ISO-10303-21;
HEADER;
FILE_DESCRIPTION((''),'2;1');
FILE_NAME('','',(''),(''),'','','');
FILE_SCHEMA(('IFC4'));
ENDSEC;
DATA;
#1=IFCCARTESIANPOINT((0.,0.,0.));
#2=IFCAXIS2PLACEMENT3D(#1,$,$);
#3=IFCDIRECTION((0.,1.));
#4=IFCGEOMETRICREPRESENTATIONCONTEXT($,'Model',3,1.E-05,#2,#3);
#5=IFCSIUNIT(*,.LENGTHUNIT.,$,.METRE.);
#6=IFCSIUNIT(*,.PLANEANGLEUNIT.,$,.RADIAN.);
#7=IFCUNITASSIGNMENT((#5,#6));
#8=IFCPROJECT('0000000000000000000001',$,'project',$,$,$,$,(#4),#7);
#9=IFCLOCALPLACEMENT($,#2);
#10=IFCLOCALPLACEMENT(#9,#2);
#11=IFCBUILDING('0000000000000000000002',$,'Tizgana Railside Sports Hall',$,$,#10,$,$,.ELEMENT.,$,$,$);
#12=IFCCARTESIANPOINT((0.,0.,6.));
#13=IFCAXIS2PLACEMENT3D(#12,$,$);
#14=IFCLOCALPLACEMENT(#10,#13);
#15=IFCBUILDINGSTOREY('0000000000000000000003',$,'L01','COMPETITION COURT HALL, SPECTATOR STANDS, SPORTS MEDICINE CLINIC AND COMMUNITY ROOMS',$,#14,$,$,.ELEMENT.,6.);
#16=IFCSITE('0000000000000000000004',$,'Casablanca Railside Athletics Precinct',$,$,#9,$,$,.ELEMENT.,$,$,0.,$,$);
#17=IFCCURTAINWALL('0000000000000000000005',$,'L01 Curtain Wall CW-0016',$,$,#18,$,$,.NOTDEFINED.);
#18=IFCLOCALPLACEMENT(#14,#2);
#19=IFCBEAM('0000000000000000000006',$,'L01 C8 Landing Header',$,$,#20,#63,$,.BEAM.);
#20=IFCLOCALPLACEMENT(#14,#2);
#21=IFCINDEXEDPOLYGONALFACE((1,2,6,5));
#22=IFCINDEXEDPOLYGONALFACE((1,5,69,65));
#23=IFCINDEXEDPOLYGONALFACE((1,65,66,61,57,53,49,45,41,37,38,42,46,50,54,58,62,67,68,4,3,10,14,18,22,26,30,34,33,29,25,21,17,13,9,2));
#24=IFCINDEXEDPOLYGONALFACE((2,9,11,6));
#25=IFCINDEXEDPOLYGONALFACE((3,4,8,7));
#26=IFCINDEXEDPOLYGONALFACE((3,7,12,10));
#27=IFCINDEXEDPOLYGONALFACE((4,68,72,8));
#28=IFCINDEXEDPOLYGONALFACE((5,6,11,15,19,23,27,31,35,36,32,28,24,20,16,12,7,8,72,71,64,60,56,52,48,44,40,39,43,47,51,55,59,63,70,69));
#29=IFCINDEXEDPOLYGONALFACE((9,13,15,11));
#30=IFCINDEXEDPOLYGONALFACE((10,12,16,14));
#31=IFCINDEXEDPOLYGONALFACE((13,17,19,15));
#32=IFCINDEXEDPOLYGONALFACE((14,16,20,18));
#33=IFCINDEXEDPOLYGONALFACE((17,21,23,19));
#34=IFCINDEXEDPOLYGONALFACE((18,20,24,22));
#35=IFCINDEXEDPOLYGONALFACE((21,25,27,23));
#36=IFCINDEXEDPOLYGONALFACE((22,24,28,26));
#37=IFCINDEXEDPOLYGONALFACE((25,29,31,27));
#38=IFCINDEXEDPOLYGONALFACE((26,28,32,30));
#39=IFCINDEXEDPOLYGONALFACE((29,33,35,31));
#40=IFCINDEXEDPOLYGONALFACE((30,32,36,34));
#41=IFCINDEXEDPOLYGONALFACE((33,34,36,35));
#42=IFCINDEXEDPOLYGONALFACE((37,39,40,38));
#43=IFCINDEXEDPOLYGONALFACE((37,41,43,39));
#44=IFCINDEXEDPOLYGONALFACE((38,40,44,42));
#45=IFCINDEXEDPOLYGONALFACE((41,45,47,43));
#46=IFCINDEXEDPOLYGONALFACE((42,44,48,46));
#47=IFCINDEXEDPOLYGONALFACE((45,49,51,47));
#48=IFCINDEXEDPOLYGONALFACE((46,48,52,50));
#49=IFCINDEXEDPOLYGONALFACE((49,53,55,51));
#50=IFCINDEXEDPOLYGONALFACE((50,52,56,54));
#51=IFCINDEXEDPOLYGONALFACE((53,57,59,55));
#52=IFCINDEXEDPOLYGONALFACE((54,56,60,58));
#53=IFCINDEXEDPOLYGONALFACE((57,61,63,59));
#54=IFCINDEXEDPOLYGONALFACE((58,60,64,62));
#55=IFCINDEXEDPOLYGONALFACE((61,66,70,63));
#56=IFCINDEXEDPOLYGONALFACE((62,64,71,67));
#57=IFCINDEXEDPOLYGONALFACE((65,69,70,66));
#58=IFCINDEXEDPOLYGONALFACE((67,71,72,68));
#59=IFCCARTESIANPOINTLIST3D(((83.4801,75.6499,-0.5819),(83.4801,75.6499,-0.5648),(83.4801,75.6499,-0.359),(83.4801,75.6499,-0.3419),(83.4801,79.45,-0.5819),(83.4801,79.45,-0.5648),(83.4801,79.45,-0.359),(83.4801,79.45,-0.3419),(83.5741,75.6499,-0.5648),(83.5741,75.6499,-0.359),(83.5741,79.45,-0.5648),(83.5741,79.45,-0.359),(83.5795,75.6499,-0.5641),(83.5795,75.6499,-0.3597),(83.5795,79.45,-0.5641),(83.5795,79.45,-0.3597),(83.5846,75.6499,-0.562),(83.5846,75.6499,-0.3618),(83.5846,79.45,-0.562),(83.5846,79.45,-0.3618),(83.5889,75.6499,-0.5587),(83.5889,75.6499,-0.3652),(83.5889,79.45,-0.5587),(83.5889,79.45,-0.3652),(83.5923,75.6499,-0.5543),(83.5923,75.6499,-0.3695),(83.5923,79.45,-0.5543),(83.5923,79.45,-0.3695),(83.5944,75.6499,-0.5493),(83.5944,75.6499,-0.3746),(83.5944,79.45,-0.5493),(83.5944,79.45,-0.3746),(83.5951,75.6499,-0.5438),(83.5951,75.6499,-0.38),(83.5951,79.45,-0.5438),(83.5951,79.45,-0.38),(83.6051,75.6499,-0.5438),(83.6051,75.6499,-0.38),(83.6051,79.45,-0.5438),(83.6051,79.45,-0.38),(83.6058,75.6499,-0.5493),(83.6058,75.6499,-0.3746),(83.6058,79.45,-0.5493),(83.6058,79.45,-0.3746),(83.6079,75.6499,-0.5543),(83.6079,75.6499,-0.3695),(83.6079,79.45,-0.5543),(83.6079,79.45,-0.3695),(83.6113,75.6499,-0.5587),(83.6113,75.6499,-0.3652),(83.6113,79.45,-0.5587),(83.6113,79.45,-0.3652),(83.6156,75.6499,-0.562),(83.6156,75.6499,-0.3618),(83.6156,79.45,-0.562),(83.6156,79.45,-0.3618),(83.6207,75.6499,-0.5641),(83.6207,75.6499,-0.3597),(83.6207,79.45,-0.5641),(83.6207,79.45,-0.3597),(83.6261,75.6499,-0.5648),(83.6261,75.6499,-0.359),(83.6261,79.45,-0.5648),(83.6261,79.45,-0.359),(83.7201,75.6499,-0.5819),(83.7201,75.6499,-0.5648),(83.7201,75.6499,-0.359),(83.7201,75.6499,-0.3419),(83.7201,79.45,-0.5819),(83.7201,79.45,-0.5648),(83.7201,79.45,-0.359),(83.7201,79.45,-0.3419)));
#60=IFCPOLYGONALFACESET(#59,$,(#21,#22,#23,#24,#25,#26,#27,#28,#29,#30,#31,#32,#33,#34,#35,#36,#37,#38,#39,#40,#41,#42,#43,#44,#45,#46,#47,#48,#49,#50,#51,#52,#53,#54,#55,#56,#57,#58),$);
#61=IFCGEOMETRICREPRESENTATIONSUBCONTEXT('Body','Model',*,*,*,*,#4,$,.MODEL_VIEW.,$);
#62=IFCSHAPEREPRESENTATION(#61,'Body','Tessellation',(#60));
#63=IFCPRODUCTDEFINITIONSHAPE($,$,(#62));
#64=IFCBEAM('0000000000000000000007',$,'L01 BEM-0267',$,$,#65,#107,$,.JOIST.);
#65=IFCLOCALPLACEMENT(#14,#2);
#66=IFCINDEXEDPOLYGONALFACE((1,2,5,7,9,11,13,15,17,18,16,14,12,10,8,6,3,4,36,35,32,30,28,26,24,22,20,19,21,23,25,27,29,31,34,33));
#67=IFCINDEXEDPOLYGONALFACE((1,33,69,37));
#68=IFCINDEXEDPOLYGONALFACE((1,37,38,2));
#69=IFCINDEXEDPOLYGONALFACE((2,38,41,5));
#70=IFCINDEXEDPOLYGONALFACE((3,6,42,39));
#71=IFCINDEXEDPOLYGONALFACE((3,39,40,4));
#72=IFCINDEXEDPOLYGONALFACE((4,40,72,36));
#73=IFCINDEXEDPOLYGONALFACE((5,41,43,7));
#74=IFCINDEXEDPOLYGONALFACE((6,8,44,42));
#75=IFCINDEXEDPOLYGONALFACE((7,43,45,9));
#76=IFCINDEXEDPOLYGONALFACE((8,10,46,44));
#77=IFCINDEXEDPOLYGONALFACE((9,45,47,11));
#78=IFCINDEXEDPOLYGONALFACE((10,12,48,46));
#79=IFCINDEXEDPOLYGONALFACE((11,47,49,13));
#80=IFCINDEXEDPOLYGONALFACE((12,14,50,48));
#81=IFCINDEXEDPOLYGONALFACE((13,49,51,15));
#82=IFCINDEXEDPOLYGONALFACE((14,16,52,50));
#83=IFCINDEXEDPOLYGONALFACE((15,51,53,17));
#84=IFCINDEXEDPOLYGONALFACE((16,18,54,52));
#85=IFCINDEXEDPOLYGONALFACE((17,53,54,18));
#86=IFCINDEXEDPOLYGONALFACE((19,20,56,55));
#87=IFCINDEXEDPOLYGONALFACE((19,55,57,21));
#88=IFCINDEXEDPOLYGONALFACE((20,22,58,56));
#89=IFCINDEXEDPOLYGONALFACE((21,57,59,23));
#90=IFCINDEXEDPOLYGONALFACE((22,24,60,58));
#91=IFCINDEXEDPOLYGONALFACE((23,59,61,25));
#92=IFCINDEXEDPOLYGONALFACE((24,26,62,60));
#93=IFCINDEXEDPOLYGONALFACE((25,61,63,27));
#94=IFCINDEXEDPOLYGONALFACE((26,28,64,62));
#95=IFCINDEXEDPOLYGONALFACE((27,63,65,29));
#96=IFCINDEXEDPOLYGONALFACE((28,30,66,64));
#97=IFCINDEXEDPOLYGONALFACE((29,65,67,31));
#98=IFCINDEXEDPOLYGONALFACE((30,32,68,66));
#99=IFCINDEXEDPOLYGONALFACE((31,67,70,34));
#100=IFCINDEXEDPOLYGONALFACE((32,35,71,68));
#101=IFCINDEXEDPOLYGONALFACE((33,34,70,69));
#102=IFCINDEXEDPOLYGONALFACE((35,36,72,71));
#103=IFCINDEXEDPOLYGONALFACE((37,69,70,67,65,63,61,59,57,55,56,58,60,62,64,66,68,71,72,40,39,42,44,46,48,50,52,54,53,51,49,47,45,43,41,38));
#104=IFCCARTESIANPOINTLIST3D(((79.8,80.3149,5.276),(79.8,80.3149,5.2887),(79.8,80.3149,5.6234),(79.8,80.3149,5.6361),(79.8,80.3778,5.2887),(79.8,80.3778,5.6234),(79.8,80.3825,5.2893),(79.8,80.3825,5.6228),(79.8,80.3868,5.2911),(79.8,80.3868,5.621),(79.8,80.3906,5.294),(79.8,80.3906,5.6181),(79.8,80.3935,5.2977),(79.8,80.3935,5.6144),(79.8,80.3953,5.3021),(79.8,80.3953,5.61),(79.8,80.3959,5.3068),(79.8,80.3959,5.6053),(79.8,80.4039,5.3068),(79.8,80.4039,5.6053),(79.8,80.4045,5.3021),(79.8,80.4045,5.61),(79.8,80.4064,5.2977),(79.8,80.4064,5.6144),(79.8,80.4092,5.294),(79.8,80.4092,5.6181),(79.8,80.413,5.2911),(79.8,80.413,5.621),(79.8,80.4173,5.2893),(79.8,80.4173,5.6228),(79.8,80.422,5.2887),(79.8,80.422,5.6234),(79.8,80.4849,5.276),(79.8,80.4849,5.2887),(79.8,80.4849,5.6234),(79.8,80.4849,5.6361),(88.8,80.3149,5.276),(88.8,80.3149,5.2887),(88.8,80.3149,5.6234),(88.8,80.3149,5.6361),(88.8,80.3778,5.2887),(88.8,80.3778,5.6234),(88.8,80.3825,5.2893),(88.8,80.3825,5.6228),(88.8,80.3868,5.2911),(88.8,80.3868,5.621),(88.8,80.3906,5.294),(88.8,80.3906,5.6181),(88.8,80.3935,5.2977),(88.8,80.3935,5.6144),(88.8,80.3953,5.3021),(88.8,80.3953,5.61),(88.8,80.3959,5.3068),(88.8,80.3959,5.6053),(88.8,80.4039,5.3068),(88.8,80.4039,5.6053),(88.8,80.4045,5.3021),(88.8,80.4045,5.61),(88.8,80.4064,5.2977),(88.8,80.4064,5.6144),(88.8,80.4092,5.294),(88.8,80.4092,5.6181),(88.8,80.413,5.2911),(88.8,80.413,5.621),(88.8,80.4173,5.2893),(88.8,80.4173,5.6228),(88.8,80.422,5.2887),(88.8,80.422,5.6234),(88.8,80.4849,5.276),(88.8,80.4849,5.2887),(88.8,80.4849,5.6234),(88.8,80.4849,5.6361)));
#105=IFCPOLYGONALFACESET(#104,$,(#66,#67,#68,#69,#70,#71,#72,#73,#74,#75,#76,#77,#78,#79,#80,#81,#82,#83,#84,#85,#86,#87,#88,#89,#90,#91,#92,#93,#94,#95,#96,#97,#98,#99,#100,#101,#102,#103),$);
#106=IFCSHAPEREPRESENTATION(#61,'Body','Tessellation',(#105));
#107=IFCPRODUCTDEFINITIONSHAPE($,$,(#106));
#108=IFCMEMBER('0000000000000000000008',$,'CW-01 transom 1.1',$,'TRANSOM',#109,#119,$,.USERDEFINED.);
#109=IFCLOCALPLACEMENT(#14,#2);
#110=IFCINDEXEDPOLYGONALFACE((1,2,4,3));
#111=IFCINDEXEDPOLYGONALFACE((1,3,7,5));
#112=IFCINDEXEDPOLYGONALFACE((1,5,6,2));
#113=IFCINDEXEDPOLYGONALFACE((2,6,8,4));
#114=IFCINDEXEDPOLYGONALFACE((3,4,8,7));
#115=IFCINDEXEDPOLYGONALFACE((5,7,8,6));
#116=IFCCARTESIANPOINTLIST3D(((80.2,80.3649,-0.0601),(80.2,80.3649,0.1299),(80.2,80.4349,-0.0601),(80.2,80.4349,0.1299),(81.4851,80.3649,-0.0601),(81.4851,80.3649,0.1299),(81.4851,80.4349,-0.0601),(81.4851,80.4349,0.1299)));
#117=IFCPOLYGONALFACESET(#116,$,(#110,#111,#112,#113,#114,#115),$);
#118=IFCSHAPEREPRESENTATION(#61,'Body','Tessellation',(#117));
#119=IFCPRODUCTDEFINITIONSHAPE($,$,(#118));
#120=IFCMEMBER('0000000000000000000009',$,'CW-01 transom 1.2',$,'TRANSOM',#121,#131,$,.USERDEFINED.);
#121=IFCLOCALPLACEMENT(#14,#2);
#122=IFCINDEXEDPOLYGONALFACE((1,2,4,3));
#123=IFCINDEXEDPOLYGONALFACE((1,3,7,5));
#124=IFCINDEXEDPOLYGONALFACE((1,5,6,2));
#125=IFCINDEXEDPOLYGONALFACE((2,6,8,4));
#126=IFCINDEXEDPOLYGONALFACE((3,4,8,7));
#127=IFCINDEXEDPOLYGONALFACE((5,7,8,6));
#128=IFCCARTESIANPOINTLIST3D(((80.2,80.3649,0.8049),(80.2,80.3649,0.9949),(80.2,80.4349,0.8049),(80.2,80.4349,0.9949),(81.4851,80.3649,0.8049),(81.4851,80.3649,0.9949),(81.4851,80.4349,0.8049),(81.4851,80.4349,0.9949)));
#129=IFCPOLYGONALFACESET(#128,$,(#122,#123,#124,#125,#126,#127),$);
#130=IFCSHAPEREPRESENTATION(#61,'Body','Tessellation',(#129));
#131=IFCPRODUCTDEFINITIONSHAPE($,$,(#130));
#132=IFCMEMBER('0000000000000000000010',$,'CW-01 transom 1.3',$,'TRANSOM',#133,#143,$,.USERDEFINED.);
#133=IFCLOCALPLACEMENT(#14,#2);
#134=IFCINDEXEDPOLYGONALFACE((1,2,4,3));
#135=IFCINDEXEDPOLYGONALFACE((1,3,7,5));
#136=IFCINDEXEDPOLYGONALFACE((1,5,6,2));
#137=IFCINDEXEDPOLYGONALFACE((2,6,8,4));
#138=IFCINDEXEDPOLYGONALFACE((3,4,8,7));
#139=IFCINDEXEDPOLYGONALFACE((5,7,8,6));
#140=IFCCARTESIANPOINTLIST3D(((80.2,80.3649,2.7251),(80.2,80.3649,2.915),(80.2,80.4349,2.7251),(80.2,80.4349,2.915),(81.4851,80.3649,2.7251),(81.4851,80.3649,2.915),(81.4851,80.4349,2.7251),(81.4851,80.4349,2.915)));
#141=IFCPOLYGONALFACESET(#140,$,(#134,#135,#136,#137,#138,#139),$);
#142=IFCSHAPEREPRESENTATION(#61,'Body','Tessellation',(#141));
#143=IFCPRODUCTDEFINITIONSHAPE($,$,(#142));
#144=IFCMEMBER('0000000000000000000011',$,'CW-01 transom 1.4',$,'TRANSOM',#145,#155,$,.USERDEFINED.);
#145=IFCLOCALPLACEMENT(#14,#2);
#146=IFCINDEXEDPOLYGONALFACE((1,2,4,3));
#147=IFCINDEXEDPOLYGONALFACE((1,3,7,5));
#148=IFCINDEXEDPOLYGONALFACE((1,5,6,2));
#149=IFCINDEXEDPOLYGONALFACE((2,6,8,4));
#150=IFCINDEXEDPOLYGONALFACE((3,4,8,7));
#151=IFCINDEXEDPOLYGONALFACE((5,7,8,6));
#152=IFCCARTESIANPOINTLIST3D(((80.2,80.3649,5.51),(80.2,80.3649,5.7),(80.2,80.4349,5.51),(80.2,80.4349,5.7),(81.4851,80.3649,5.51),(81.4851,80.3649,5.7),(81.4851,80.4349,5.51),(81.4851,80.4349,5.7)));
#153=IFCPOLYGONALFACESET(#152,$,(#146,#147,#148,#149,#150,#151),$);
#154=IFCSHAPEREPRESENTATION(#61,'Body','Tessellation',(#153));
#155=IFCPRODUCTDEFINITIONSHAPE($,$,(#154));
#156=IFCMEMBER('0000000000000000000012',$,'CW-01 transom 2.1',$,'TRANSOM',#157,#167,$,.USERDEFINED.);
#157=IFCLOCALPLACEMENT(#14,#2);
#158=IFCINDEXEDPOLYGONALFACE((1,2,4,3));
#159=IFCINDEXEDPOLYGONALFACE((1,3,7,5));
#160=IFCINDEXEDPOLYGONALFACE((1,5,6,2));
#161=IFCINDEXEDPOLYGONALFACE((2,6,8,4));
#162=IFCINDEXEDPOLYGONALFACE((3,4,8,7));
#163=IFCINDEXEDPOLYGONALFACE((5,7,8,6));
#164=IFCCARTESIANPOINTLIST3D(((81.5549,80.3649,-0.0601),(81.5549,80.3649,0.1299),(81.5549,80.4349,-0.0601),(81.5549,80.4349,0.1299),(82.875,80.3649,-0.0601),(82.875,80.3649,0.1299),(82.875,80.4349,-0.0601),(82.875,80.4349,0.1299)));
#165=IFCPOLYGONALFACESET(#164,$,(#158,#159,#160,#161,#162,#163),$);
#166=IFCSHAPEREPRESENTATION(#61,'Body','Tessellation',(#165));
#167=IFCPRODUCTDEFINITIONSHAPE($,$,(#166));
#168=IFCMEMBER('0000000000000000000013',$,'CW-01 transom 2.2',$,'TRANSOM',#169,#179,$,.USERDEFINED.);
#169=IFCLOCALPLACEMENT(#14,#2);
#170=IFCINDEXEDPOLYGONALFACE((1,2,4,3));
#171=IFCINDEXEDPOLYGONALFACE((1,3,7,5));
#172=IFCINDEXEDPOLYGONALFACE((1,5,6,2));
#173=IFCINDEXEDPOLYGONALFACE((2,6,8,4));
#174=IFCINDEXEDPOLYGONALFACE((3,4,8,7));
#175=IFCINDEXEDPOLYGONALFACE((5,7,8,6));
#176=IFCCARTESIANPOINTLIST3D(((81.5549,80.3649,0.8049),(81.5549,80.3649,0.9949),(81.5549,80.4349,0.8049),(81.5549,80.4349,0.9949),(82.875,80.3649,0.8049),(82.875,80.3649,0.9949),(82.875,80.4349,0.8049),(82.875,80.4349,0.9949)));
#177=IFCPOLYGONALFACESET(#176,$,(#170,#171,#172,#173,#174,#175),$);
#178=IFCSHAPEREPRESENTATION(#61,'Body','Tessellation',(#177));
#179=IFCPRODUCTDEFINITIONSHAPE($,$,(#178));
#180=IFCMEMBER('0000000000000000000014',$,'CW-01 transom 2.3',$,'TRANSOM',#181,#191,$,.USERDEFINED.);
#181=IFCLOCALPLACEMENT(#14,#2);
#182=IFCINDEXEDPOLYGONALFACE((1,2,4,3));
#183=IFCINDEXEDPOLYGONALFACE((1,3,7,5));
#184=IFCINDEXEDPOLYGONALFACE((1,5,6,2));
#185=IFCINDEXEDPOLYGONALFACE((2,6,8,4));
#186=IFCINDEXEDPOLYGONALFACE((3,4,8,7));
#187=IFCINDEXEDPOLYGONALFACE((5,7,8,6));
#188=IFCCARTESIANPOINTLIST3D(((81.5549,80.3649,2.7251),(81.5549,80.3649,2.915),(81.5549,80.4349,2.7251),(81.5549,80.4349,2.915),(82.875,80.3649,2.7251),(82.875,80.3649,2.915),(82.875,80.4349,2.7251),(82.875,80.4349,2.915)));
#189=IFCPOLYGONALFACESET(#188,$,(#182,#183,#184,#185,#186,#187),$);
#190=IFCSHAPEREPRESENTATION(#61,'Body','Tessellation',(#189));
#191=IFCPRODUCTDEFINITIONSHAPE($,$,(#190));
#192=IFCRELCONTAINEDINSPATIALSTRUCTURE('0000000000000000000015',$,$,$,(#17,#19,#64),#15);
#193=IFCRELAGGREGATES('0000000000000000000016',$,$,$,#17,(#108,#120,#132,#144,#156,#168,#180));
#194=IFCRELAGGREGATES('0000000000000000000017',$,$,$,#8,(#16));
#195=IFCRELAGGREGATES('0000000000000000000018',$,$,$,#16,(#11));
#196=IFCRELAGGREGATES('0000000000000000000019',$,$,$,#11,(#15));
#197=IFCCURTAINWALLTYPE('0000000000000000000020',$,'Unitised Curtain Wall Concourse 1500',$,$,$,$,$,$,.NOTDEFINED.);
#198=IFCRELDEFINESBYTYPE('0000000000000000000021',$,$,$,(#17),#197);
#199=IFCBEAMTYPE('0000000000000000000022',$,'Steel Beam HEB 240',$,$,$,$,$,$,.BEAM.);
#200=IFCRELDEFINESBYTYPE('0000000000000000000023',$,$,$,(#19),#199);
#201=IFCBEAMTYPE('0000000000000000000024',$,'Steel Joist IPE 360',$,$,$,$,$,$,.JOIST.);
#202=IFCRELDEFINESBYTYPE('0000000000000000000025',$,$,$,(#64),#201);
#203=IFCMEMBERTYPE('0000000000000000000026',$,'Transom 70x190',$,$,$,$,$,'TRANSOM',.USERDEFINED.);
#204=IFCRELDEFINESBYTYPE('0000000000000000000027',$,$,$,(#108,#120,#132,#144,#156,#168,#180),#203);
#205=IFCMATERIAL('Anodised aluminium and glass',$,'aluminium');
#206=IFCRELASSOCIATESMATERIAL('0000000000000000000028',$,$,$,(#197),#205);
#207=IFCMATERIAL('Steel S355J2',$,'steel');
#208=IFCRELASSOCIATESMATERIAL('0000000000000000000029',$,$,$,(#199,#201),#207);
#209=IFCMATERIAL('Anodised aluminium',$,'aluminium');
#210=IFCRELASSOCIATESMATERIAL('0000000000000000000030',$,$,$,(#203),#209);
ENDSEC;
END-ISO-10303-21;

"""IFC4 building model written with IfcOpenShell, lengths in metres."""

from ifc_helpers import new_model, si_unit, direction, frame, origin, origin_2d, place, context, subcontext, project, spatial, rectangle, i_section, extrude, material, material_profile, profile_set, type_object, element, aggregate, save


model = new_model("IFC4")

# Units and contexts
model_context = context("Model", 3, precision=1e-05, world=origin(), true_north=direction((0.0, 1.0)))
body_context = subcontext(model_context, "Body", "Model", "MODEL_VIEW")
ifc_project = project(units=[si_unit("LENGTHUNIT", "METRE"), si_unit("PLANEANGLEUNIT", "RADIAN")], contexts=[model_context])

# Site, building, storey
site_placement = place(None, origin())
site = spatial("IfcSite", under=ifc_project, at=site_placement, Name="Casablanca Railside Athletics Precinct", CompositionType="ELEMENT", RefElevation=0.0)
building_placement = place(site_placement, origin())
building = spatial("IfcBuilding", under=site, at=building_placement, Name="Tizgana Railside Sports Hall", CompositionType="ELEMENT")
storey_placement = place(building_placement, frame((0.0, 0.0, 6.0)))
storey = spatial("IfcBuildingStorey", under=building, at=storey_placement, Name="L01", Description="COMPETITION COURT HALL, SPECTATOR STANDS, SPORTS MEDICINE CLINIC AND COMMUNITY ROOMS", CompositionType="ELEMENT", Elevation=6.0)

# Curtain wall
ifc_material_1 = material(Name="Anodised aluminium and glass", Category="aluminium")
curtain_wall_type = type_object("IfcCurtainWallType", Name="Unitised Curtain Wall Concourse 1500", PredefinedType="NOTDEFINED", material=ifc_material_1)
curtain_wall_placement = place(storey_placement, origin())
curtain_wall = element("IfcCurtainWall", 1, at=curtain_wall_placement, inside=storey, type_object=curtain_wall_type, Name="L01 Curtain Wall CW-0016", PredefinedType="NOTDEFINED")
ifc_material_2 = material(Name="Anodised aluminium", Category="aluminium")

# Beams
ifc_material_3 = material(Name="Steel S355J2", Category="steel")
ifc_material_profile_1 = material_profile(ifc_material_3, i_section(OverallWidth=0.24, OverallDepth=0.24, WebThickness=0.01, FlangeThickness=0.0171, FilletRadius=0.021, at=origin_2d()), Name="HEB 240")
ifc_profile_set_1 = profile_set([ifc_material_profile_1], Name="Steel S355J2")
beam_type_1 = type_object("IfcBeamType", Name="Steel Beam HEB 240", PredefinedType="BEAM", material=ifc_profile_set_1)
beam_1_placement = place(storey_placement, frame((83.6001, 75.6499, -0.4619), z_axis=(0.0, 1.0, 0.0), x_axis=(-1.0, 0.0, 0.0)))
element("IfcBeam", 2, at=beam_1_placement, inside=storey, type_object=beam_type_1, Name="L01 C8 Landing Header", PredefinedType="BEAM", context=body_context, shape_type="SweptSolid", body=[
    extrude(i_section(OverallWidth=0.24, OverallDepth=0.24, WebThickness=0.01, FlangeThickness=0.0171, FilletRadius=0.021, at=origin_2d()), origin(), (0.0, 0.0, 1.0), 3.8),
])
ifc_material_profile_2 = material_profile(ifc_material_3, i_section(OverallWidth=0.1699, OverallDepth=0.3601, WebThickness=0.0081, FlangeThickness=0.0127, FilletRadius=0.0181, at=origin_2d()), Name="IPE 360")
ifc_profile_set_2 = profile_set([ifc_material_profile_2], Name="Steel S355J2")
beam_type_2 = type_object("IfcBeamType", Name="Steel Joist IPE 360", PredefinedType="JOIST", material=ifc_profile_set_2)
beam_2_placement = place(storey_placement, frame((79.8, 80.3999, 5.4561), z_axis=(1.0, 0.0, 0.0), x_axis=(0.0, 1.0, 0.0)))
element("IfcBeam", 3, at=beam_2_placement, inside=storey, type_object=beam_type_2, Name="L01 BEM-0267", PredefinedType="JOIST", context=body_context, shape_type="SweptSolid", body=[
    extrude(i_section(OverallWidth=0.1699, OverallDepth=0.3601, WebThickness=0.0081, FlangeThickness=0.0127, FilletRadius=0.0181, at=origin_2d()), origin(), (0.0, 0.0, 1.0), 9.0),
])

# Members
ifc_material_profile_3 = material_profile(ifc_material_2, rectangle(XDim=0.0701, YDim=0.1899, at=origin_2d()), Name="Transom 70x190")
ifc_profile_set_3 = profile_set([ifc_material_profile_3], Name="Anodised aluminium")
member_type_1 = type_object("IfcMemberType", Name="Transom 70x190", ElementType="TRANSOM", PredefinedType="USERDEFINED", material=ifc_profile_set_3)
member_1_placement = place(storey_placement, frame((80.2, 80.3999, 0.0349), z_axis=(1.0, 0.0, 0.0), x_axis=(0.0, 1.0, 0.0)))
member_1 = element("IfcMember", 4, at=member_1_placement, type_object=member_type_1, Name="CW-01 transom 1.1", ObjectType="TRANSOM", PredefinedType="USERDEFINED", context=body_context, shape_type="SweptSolid", body=[
    extrude(rectangle(XDim=0.0701, YDim=0.1899, at=origin_2d()), origin(), (0.0, 0.0, 1.0), 1.2852),
])
member_2_placement = place(storey_placement, frame((80.2, 80.3999, 0.8999), z_axis=(1.0, 0.0, 0.0), x_axis=(0.0, 1.0, 0.0)))
member_2 = element("IfcMember", 5, at=member_2_placement, type_object=member_type_1, Name="CW-01 transom 1.2", ObjectType="TRANSOM", PredefinedType="USERDEFINED", context=body_context, shape_type="SweptSolid", body=[
    extrude(rectangle(XDim=0.0701, YDim=0.1899, at=origin_2d()), origin(), (0.0, 0.0, 1.0), 1.2852),
])
member_3_placement = place(storey_placement, frame((80.2, 80.3999, 2.8201), z_axis=(1.0, 0.0, 0.0), x_axis=(0.0, 1.0, 0.0)))
member_3 = element("IfcMember", 6, at=member_3_placement, type_object=member_type_1, Name="CW-01 transom 1.3", ObjectType="TRANSOM", PredefinedType="USERDEFINED", context=body_context, shape_type="SweptSolid", body=[
    extrude(rectangle(XDim=0.0701, YDim=0.1899, at=origin_2d()), origin(), (0.0, 0.0, 1.0), 1.2852),
])
member_4_placement = place(storey_placement, frame((80.2, 80.3999, 5.605), z_axis=(1.0, 0.0, 0.0), x_axis=(0.0, 1.0, 0.0)))
member_4 = element("IfcMember", 7, at=member_4_placement, type_object=member_type_1, Name="CW-01 transom 1.4", ObjectType="TRANSOM", PredefinedType="USERDEFINED", context=body_context, shape_type="SweptSolid", body=[
    extrude(rectangle(XDim=0.0701, YDim=0.1899, at=origin_2d()), origin(), (0.0, 0.0, 1.0), 1.2852),
])
member_5_placement = place(storey_placement, frame((81.5549, 80.3999, 0.0349), z_axis=(1.0, 0.0, 0.0), x_axis=(0.0, 1.0, 0.0)))
member_5 = element("IfcMember", 8, at=member_5_placement, type_object=member_type_1, Name="CW-01 transom 2.1", ObjectType="TRANSOM", PredefinedType="USERDEFINED", context=body_context, shape_type="SweptSolid", body=[
    extrude(rectangle(XDim=0.0701, YDim=0.1899, at=origin_2d()), origin(), (0.0, 0.0, 1.0), 1.3201),
])
member_6_placement = place(storey_placement, frame((81.5549, 80.3999, 0.8999), z_axis=(1.0, 0.0, 0.0), x_axis=(0.0, 1.0, 0.0)))
member_6 = element("IfcMember", 9, at=member_6_placement, type_object=member_type_1, Name="CW-01 transom 2.2", ObjectType="TRANSOM", PredefinedType="USERDEFINED", context=body_context, shape_type="SweptSolid", body=[
    extrude(rectangle(XDim=0.0701, YDim=0.1899, at=origin_2d()), origin(), (0.0, 0.0, 1.0), 1.3201),
])
member_7_placement = place(storey_placement, frame((81.5549, 80.3999, 2.8201), z_axis=(1.0, 0.0, 0.0), x_axis=(0.0, 1.0, 0.0)))
member_7 = element("IfcMember", 10, at=member_7_placement, type_object=member_type_1, Name="CW-01 transom 2.3", ObjectType="TRANSOM", PredefinedType="USERDEFINED", context=body_context, shape_type="SweptSolid", body=[
    extrude(rectangle(XDim=0.0701, YDim=0.1899, at=origin_2d()), origin(), (0.0, 0.0, 1.0), 1.3201),
])

aggregate(curtain_wall, [member_1, member_2, member_3, member_4, member_5, member_6, member_7])

save(model, "model.ifc")
